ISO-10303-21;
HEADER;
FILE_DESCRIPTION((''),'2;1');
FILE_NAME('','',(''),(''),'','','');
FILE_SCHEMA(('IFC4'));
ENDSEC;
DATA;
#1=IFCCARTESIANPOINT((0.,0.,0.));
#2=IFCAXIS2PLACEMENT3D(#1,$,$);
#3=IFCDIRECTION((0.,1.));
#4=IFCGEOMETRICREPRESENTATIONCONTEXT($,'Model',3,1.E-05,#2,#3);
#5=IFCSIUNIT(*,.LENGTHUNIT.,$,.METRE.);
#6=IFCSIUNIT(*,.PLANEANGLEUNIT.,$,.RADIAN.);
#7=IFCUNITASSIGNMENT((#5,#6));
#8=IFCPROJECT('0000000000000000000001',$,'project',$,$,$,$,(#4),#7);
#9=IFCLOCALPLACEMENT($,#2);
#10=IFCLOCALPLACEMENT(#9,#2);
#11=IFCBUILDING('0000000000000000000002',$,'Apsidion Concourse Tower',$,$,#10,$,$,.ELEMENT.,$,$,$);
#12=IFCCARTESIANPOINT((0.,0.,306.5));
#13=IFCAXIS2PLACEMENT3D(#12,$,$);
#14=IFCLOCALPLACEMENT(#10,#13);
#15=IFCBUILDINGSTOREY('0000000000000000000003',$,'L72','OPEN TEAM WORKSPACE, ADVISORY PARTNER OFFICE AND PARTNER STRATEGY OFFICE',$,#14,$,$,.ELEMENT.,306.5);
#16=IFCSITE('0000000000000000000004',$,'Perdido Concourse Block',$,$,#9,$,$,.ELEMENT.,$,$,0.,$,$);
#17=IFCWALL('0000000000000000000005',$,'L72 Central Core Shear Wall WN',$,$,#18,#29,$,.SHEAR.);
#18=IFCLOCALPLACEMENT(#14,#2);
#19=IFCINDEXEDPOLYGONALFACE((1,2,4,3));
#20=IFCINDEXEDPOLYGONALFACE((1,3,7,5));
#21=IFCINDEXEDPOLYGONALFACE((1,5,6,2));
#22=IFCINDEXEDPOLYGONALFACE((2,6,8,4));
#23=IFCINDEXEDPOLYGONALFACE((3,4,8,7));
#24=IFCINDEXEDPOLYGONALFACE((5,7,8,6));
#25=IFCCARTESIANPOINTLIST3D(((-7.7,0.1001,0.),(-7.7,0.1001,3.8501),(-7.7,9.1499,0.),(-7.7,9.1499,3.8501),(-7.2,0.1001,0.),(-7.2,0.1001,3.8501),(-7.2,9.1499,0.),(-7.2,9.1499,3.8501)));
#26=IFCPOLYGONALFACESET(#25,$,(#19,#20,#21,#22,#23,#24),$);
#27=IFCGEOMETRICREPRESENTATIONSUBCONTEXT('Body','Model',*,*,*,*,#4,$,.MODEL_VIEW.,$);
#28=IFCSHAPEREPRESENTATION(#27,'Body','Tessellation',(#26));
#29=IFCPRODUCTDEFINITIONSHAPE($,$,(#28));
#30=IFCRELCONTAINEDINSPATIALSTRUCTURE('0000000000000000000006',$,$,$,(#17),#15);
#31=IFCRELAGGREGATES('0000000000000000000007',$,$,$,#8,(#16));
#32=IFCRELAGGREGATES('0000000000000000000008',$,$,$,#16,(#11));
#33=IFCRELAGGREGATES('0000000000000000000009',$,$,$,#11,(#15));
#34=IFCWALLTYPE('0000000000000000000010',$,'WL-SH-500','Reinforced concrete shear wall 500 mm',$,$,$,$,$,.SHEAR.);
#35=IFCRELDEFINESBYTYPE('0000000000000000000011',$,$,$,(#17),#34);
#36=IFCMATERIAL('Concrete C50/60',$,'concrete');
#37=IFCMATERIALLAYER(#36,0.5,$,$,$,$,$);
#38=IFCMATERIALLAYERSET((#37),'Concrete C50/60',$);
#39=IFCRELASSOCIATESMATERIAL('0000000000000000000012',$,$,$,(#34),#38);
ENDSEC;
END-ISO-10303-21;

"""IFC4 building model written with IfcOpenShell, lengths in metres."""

from ifc_helpers import new_model, si_unit, direction, frame, frame_2d, origin, place, context, subcontext, project, spatial, rectangle, extrude, material, layer, layer_set, type_object, element, save


model = new_model("IFC4")

# Units and contexts
model_context = context("Model", 3, precision=1e-05, world=origin(), true_north=direction((0.0, 1.0)))
body_context = subcontext(model_context, "Body", "Model", "MODEL_VIEW")
ifc_project = project(units=[si_unit("LENGTHUNIT", "METRE"), si_unit("PLANEANGLEUNIT", "RADIAN")], contexts=[model_context])

# Site, building, storey
site_placement = place(None, origin())
site = spatial("IfcSite", under=ifc_project, at=site_placement, Name="Perdido Concourse Block", CompositionType="ELEMENT", RefElevation=0.0)
building_placement = place(site_placement, origin())
building = spatial("IfcBuilding", under=site, at=building_placement, Name="Apsidion Concourse Tower", CompositionType="ELEMENT")
storey_placement = place(building_placement, frame((0.0, 0.0, 306.5)))
storey = spatial("IfcBuildingStorey", under=building, at=storey_placement, Name="L72", Description="OPEN TEAM WORKSPACE, ADVISORY PARTNER OFFICE AND PARTNER STRATEGY OFFICE", CompositionType="ELEMENT", Elevation=306.5)

# Shared definitions
ifc_material_1 = material(Name="Concrete C50/60", Category="concrete")

# Wall
ifc_layer_1 = layer(ifc_material_1, 0.5)
ifc_layer_set_1 = layer_set([ifc_layer_1], Name="Concrete C50/60")
wall_type_1 = type_object("IfcWallType", Name="WL-SH-500", Description="Reinforced concrete shear wall 500 mm", PredefinedType="SHEAR", material=ifc_layer_set_1)
wall_1_placement = place(storey_placement, frame((-7.45, 0.1001, 0.0), z_axis=(0.0, 0.0, 1.0), x_axis=(0.0, 1.0, 0.0)))
element("IfcWall", 1, at=wall_1_placement, inside=storey, type_object=wall_type_1, Name="L72 Central Core Shear Wall WN", PredefinedType="SHEAR", context=body_context, shape_type="SweptSolid", body=[
    extrude(rectangle(XDim=9.0498, YDim=0.5, at=frame_2d((4.5249, 0.0))), origin(), (0.0, 0.0, 1.0), 3.8501),
])

save(model, "model.ifc")
